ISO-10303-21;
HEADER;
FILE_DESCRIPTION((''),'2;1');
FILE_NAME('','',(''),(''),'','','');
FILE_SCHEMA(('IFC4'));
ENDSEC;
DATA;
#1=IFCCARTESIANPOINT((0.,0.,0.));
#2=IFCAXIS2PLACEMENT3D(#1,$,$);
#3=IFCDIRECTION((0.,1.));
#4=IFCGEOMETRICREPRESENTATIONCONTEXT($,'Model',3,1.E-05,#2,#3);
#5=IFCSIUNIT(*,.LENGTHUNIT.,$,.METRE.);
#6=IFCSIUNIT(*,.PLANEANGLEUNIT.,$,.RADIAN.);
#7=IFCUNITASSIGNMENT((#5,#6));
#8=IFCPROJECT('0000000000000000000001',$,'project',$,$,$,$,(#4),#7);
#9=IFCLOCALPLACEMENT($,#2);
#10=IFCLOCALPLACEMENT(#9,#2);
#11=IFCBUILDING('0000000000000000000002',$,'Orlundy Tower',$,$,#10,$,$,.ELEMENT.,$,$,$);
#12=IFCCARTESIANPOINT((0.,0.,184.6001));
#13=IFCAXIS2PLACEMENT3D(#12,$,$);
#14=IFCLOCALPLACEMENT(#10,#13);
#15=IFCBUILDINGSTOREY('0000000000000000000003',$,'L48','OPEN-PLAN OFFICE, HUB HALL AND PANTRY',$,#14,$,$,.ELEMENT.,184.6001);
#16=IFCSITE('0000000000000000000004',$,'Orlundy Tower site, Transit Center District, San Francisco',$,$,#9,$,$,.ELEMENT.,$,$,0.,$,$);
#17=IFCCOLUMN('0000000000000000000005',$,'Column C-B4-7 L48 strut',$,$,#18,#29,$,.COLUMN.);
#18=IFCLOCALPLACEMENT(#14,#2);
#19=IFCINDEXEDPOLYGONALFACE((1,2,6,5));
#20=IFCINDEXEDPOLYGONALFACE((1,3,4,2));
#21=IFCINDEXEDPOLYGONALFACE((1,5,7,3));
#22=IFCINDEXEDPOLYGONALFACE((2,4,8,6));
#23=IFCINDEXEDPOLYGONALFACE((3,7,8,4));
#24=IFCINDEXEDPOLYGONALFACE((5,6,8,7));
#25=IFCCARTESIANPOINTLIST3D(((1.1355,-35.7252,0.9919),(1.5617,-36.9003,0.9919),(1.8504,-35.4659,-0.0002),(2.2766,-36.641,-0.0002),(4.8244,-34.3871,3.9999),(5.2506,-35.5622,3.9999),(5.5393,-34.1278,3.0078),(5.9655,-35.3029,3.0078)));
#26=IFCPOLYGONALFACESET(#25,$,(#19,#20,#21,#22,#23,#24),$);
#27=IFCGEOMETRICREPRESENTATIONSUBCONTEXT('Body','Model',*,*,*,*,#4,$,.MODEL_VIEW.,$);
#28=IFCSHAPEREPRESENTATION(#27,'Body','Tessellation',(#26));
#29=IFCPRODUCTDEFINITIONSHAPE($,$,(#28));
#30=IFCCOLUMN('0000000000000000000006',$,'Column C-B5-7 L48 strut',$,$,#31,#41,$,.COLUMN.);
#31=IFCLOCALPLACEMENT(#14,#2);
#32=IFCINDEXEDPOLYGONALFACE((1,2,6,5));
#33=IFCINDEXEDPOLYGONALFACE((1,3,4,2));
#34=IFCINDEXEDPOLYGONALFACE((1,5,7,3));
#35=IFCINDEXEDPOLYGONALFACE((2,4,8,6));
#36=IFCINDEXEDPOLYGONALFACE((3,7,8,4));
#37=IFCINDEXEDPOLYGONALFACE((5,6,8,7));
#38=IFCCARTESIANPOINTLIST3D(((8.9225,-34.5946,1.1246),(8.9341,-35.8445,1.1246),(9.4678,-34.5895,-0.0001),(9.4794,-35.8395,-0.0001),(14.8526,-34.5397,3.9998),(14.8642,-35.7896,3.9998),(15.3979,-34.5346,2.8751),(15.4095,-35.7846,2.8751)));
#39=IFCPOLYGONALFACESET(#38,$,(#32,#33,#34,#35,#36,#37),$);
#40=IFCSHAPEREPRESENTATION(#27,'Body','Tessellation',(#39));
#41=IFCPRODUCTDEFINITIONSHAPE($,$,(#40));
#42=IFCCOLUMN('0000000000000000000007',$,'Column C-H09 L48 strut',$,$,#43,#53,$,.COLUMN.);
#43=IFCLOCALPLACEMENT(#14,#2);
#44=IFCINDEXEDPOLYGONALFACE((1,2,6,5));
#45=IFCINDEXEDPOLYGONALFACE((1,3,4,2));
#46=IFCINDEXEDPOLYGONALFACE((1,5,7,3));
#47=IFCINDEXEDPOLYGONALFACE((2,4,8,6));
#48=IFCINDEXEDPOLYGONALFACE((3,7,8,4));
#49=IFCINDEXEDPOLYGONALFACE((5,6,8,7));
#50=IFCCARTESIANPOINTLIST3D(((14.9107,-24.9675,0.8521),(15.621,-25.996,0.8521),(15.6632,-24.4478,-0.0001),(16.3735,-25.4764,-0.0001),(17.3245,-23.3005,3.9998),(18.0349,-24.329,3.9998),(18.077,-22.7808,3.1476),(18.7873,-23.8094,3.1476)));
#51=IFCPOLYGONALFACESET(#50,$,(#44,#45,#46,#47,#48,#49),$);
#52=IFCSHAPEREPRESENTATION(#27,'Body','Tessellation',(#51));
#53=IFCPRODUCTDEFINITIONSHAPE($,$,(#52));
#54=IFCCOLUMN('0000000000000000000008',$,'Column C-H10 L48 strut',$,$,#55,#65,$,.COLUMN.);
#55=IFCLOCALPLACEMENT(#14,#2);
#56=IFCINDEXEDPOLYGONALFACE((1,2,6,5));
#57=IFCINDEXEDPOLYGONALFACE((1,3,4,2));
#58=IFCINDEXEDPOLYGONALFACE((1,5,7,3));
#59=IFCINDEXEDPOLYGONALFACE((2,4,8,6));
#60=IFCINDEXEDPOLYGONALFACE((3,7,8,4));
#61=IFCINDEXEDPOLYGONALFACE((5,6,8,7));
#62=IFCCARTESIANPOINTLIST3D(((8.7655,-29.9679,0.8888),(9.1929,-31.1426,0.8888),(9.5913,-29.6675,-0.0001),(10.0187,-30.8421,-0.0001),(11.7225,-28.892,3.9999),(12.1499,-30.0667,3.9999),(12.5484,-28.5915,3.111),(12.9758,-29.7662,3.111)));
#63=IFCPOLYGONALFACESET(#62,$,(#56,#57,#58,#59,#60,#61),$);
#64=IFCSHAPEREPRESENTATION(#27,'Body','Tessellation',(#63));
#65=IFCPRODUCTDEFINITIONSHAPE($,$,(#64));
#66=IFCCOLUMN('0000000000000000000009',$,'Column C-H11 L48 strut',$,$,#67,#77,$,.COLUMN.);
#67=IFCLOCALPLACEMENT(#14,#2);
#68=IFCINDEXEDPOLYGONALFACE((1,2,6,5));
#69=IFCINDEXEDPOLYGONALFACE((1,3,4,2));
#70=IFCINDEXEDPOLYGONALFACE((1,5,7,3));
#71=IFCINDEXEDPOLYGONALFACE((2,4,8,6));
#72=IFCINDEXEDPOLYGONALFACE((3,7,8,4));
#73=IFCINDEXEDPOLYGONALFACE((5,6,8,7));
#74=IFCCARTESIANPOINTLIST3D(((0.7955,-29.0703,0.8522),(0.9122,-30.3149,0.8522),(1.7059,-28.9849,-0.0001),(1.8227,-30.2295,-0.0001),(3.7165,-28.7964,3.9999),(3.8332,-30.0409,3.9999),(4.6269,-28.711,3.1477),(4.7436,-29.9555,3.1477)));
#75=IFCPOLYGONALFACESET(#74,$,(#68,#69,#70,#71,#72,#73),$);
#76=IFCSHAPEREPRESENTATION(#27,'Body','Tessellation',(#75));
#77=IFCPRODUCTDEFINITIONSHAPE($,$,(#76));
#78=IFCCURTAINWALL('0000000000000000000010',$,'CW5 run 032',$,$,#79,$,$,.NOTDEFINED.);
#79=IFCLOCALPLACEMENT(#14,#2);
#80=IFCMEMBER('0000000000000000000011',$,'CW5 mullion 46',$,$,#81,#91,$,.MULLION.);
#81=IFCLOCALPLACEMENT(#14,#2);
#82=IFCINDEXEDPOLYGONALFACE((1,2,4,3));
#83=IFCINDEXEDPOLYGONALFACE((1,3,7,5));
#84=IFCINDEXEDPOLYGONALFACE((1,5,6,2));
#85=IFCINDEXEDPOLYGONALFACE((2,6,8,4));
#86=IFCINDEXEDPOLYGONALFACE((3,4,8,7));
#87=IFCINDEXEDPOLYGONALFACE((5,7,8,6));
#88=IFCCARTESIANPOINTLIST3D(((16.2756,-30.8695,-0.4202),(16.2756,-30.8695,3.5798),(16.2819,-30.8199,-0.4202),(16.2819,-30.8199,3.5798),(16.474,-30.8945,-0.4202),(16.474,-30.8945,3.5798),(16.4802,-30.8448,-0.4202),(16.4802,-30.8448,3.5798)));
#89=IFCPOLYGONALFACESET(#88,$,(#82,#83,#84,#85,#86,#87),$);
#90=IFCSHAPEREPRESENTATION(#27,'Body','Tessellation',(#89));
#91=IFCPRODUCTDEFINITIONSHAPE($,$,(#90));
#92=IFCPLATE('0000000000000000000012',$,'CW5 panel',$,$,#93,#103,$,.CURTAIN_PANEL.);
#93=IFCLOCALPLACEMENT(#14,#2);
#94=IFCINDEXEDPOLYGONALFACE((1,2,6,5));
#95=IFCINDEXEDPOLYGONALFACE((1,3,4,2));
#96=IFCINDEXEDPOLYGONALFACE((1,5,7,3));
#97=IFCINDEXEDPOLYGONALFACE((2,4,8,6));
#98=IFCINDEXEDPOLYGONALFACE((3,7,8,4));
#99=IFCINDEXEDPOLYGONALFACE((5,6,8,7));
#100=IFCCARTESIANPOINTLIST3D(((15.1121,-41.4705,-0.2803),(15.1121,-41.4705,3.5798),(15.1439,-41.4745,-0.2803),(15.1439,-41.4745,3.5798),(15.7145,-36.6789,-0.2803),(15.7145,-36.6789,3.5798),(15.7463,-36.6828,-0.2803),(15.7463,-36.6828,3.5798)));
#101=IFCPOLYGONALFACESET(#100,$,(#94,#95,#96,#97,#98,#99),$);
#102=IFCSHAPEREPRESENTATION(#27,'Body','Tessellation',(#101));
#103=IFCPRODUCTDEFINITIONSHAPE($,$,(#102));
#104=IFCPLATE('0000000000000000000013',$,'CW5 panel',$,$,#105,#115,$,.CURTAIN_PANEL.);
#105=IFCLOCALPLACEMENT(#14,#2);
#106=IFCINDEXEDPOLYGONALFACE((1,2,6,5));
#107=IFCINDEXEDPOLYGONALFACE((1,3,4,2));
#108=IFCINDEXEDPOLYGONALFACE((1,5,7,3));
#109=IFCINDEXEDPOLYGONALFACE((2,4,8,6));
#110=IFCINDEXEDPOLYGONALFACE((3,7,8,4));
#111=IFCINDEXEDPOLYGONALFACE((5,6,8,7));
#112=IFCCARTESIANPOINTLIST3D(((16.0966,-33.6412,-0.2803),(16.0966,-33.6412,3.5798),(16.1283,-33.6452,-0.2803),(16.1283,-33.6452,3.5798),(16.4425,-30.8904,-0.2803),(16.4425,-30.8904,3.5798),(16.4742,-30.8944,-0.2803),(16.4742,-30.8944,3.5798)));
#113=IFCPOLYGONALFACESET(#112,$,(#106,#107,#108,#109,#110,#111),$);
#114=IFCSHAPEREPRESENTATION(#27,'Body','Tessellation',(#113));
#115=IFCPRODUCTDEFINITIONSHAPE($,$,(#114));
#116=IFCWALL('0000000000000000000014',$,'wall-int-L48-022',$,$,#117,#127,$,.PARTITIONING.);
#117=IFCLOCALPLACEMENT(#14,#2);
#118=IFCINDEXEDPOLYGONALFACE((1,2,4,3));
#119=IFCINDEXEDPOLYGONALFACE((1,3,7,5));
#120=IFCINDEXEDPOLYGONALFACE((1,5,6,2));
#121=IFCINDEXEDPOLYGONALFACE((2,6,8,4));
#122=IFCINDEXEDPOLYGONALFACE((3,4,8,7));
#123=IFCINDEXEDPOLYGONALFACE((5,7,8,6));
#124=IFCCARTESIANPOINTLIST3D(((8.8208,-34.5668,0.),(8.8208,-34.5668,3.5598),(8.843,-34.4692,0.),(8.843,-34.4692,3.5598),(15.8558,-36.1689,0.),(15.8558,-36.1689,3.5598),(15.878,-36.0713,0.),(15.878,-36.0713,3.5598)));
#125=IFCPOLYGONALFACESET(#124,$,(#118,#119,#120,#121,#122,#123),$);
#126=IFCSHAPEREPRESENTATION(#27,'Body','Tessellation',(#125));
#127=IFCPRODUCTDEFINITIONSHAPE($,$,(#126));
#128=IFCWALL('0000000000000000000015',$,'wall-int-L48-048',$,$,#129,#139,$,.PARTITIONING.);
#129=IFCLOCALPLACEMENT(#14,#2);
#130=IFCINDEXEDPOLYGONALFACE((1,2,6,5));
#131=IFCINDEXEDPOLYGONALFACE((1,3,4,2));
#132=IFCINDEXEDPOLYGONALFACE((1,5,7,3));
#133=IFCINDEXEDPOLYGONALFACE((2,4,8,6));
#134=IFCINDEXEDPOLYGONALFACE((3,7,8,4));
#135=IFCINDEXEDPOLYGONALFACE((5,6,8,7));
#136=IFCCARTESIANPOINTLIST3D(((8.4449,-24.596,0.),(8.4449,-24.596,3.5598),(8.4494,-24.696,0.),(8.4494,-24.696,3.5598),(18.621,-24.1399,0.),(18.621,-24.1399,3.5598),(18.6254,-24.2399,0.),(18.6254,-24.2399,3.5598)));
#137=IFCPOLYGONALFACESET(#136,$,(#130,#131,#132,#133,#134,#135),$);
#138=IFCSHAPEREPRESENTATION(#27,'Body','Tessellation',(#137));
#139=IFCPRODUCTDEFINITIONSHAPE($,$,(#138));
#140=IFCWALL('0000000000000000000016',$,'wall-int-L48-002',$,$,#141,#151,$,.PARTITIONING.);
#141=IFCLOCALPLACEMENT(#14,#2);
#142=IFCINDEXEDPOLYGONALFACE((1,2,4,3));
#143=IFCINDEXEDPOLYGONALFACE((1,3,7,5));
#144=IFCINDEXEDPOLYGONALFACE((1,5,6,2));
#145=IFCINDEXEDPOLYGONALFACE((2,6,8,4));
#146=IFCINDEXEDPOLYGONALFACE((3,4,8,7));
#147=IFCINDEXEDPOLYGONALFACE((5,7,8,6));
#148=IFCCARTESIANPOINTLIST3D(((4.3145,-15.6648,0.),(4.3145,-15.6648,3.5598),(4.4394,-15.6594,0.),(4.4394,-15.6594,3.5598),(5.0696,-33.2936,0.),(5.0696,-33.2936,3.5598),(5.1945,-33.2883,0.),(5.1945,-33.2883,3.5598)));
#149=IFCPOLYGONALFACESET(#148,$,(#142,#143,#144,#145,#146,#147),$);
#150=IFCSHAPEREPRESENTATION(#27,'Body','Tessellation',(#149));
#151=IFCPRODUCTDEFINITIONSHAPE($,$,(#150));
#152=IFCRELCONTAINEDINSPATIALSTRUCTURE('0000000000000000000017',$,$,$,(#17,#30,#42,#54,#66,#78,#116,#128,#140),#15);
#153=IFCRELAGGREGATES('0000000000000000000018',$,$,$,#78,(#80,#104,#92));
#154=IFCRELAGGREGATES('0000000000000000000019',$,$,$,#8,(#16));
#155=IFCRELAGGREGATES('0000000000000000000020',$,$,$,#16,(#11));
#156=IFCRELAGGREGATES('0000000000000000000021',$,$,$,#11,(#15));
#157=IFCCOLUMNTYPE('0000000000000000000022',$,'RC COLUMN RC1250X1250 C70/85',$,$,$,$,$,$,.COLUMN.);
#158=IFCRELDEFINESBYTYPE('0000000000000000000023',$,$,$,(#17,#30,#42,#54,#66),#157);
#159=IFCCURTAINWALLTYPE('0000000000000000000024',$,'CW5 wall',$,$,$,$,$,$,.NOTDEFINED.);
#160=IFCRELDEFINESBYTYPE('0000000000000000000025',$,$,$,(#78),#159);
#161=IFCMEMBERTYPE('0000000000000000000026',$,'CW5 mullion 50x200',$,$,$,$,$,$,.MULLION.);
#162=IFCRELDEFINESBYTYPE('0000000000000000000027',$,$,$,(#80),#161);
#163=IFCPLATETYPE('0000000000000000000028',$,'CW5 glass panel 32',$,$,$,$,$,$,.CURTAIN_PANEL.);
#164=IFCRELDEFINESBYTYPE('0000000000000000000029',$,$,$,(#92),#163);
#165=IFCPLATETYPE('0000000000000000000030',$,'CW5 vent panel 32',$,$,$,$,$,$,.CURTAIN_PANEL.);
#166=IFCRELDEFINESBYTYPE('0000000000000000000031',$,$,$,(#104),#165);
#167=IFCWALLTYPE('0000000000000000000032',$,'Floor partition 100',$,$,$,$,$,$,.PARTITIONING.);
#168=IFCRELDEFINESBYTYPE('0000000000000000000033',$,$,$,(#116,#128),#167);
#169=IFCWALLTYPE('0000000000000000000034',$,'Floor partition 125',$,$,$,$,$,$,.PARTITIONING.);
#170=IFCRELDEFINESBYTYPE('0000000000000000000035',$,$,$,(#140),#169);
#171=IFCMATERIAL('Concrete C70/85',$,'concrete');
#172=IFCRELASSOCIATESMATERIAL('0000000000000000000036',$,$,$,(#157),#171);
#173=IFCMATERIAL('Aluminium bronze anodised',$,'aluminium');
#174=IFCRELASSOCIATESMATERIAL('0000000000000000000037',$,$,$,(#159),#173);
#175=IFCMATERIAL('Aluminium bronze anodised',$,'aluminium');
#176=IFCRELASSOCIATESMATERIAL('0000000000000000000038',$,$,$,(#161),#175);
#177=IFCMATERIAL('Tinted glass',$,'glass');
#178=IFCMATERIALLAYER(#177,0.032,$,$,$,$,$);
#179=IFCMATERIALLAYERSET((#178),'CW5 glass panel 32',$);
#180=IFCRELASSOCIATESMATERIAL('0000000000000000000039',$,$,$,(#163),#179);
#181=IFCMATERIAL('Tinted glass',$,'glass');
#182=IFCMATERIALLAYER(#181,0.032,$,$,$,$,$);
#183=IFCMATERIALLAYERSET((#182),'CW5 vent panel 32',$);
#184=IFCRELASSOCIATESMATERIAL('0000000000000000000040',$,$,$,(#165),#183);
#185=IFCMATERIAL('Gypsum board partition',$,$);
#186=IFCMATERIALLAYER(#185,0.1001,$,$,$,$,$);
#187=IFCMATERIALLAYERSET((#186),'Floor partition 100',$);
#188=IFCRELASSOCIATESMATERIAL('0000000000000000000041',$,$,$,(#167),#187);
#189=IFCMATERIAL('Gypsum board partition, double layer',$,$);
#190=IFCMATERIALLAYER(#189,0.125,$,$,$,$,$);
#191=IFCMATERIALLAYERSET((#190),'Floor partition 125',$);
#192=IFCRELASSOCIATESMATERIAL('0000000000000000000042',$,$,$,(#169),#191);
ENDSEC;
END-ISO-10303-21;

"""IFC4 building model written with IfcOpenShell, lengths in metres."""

from ifc_helpers import new_model, si_unit, direction, frame, frame_2d, origin, origin_2d, place, context, subcontext, project, spatial, rectangle, extrude, material, layer, layer_set, material_profile, profile_set, type_object, element, aggregate, save


model = new_model("IFC4")

# Units and contexts
model_context = context("Model", 3, precision=1e-05, world=origin(), true_north=direction((0.0, 1.0)))
body_context = subcontext(model_context, "Body", "Model", "MODEL_VIEW")
ifc_project = project(units=[si_unit("LENGTHUNIT", "METRE"), si_unit("PLANEANGLEUNIT", "RADIAN")], contexts=[model_context])

# Site, building, storey
site_placement = place(None, origin())
site = spatial("IfcSite", under=ifc_project, at=site_placement, Name="Orlundy Tower site, Transit Center District, San Francisco", CompositionType="ELEMENT", RefElevation=0.0)
building_placement = place(site_placement, origin())
building = spatial("IfcBuilding", under=site, at=building_placement, Name="Orlundy Tower", CompositionType="ELEMENT")
storey_placement = place(building_placement, frame((0.0, 0.0, 184.6001)))
storey = spatial("IfcBuildingStorey", under=building, at=storey_placement, Name="L48", Description="OPEN-PLAN OFFICE, HUB HALL AND PANTRY", CompositionType="ELEMENT", Elevation=184.6001)

# Columns
ifc_material_1 = material(Name="Concrete C70/85", Category="concrete")
ifc_material_profile_1 = material_profile(ifc_material_1, rectangle(XDim=1.25, YDim=1.25, at=origin_2d()), Name="RC1250X1250")
ifc_profile_set_1 = profile_set([ifc_material_profile_1], Name="Concrete C70/85")
column_type = type_object("IfcColumnType", Name="RC COLUMN RC1250X1250 C70/85", PredefinedType="COLUMN", material=ifc_profile_set_1)
column_1_placement = place(storey_placement, frame((1.7061, -36.1831, 0.4958), z_axis=(0.746084, 0.270634, 0.608372), x_axis=(-0.340999, 0.940064, 0.0)))
element("IfcColumn", 1, at=column_1_placement, inside=storey, type_object=column_type, Name="Column C-B4-7 L48 strut", PredefinedType="COLUMN", context=body_context, shape_type="SweptSolid", body=[
    extrude(rectangle(XDim=1.25, YDim=1.25, at=origin_2d()), origin(), (0.0, 0.0, 1.0), 4.9443),
])
column_2_placement = place(storey_placement, frame((9.2009, -35.217, 0.5623), z_axis=(0.899782, 0.008335, 0.436259), x_axis=(-0.009263, 0.999957, 0.0)))
element("IfcColumn", 2, at=column_2_placement, inside=storey, type_object=column_type, Name="Column C-B5-7 L48 strut", PredefinedType="COLUMN", context=body_context, shape_type="SweptSolid", body=[
    extrude(rectangle(XDim=1.25, YDim=1.25, at=origin_2d()), origin(), (0.0, 0.0, 1.0), 6.5906),
])
column_3_placement = place(storey_placement, frame((15.6421, -25.2219, 0.426), z_axis=(0.560998, 0.387427, 0.731561), x_axis=(-0.568262, 0.822848, 0.0)))
element("IfcColumn", 3, at=column_3_placement, inside=storey, type_object=column_type, Name="Column C-H09 L48 strut", PredefinedType="COLUMN", context=body_context, shape_type="SweptSolid", body=[
    extrude(rectangle(XDim=1.25, YDim=1.25, at=origin_2d()), origin(), (0.0, 0.0, 1.0), 4.3027),
])
column_4_placement = place(storey_placement, frame((9.3921, -30.405, 0.4443), z_axis=(0.668258, 0.243148, 0.703072), x_axis=(-0.341924, 0.939728, 0.0)))
element("IfcColumn", 4, at=column_4_placement, inside=storey, type_object=column_type, Name="Column C-H10 L48 strut", PredefinedType="COLUMN", context=body_context, shape_type="SweptSolid", body=[
    extrude(rectangle(XDim=1.25, YDim=1.25, at=origin_2d()), origin(), (0.0, 0.0, 1.0), 4.425),
])
column_5_placement = place(storey_placement, frame((1.3091, -29.6499, 0.426), z_axis=(0.678825, 0.063661, 0.731535), x_axis=(-0.093372, 0.995631, 0.0)))
element("IfcColumn", 5, at=column_5_placement, inside=storey, type_object=column_type, Name="Column C-H11 L48 strut", PredefinedType="COLUMN", context=body_context, shape_type="SweptSolid", body=[
    extrude(rectangle(XDim=1.25, YDim=1.25, at=origin_2d()), origin(), (0.0, 0.0, 1.0), 4.303),
])

# Curtain wall, member, plates
ifc_material_2 = material(Name="Aluminium bronze anodised", Category="aluminium")
curtain_wall_type = type_object("IfcCurtainWallType", Name="CW5 wall", PredefinedType="NOTDEFINED", material=ifc_material_2)
curtain_wall_placement = place(storey_placement, origin())
curtain_wall = element("IfcCurtainWall", 6, at=curtain_wall_placement, inside=storey, type_object=curtain_wall_type, Name="CW5 run 032", PredefinedType="NOTDEFINED")
ifc_material_3 = material(Name="Aluminium bronze anodised", Category="aluminium")
ifc_material_profile_2 = material_profile(ifc_material_3, rectangle(XDim=0.2, YDim=0.05, at=origin_2d()), Name="CW5 mullion 50x200")
ifc_profile_set_2 = profile_set([ifc_material_profile_2], Name="Aluminium bronze anodised")
member_type = type_object("IfcMemberType", Name="CW5 mullion 50x200", PredefinedType="MULLION", material=ifc_profile_set_2)
member_placement = place(storey_placement, frame((16.3779, -30.8572, -0.4202), z_axis=(0.0, 0.0, 1.0), x_axis=(0.992189, -0.124742, 0.0)))
member = element("IfcMember", 7, at=member_placement, type_object=member_type, Name="CW5 mullion 46", PredefinedType="MULLION", context=body_context, shape_type="SweptSolid", body=[
    extrude(rectangle(XDim=0.2, YDim=0.05, at=origin_2d()), origin(), (0.0, 0.0, 1.0), 4.0),
])
ifc_material_4 = material(Name="Tinted glass", Category="glass")
ifc_layer_1 = layer(ifc_material_4, 0.032)
ifc_layer_set_1 = layer_set([ifc_layer_1], Name="CW5 glass panel 32")
plate_type_1 = type_object("IfcPlateType", Name="CW5 glass panel 32", PredefinedType="CURTAIN_PANEL", material=ifc_layer_set_1)
plate_1_placement = place(storey_placement, frame((15.4292, -39.0767, -0.2803), z_axis=(0.0, 0.0, 1.0), x_axis=(-0.124742, -0.992189, 0.0)))
plate_1 = element("IfcPlate", 8, at=plate_1_placement, type_object=plate_type_1, Name="CW5 panel", PredefinedType="CURTAIN_PANEL", context=body_context, shape_type="SweptSolid", body=[
    extrude(rectangle(XDim=4.8293, YDim=0.032, at=origin_2d()), origin(), (0.0, 0.0, 1.0), 3.8601),
])
ifc_material_5 = material(Name="Tinted glass", Category="glass")
ifc_layer_2 = layer(ifc_material_5, 0.032)
ifc_layer_set_2 = layer_set([ifc_layer_2], Name="CW5 vent panel 32")
plate_type_2 = type_object("IfcPlateType", Name="CW5 vent panel 32", PredefinedType="CURTAIN_PANEL", material=ifc_layer_set_2)
plate_2_placement = place(storey_placement, frame((16.2854, -32.2678, -0.2803), z_axis=(0.0, 0.0, 1.0), x_axis=(-0.124742, -0.992189, 0.0)))
plate_2 = element("IfcPlate", 9, at=plate_2_placement, type_object=plate_type_2, Name="CW5 panel", PredefinedType="CURTAIN_PANEL", context=body_context, shape_type="SweptSolid", body=[
    extrude(rectangle(XDim=2.7725, YDim=0.032, at=origin_2d()), origin(), (0.0, 0.0, 1.0), 3.8601),
])
aggregate(curtain_wall, [member, plate_2, plate_1])

# Walls
ifc_material_6 = material(Name="Gypsum board partition")
ifc_layer_3 = layer(ifc_material_6, 0.1001)
ifc_layer_set_3 = layer_set([ifc_layer_3], Name="Floor partition 100")
wall_type_1 = type_object("IfcWallType", Name="Floor partition 100", PredefinedType="PARTITIONING", material=ifc_layer_set_3)
wall_1_placement = place(storey_placement, frame((8.832, -34.5181, 0.0), z_axis=(0.0, 0.0, 1.0), x_axis=(0.975037, -0.222044, 0.0)))
element("IfcWall", 10, at=wall_1_placement, inside=storey, type_object=wall_type_1, Name="wall-int-L48-022", PredefinedType="PARTITIONING", context=body_context, shape_type="SweptSolid", body=[
    extrude(rectangle(XDim=7.2151, YDim=0.1001, at=frame_2d((3.6074, 0.0))), origin(), (0.0, 0.0, 1.0), 3.5598),
])
wall_2_placement = place(storey_placement, frame((8.447, -24.646, 0.0), z_axis=(0.0, 0.0, 1.0), x_axis=(0.998997, 0.044772, 0.0)))
element("IfcWall", 11, at=wall_2_placement, inside=storey, type_object=wall_type_1, Name="wall-int-L48-048", PredefinedType="PARTITIONING", context=body_context, shape_type="SweptSolid", body=[
    extrude(rectangle(XDim=10.1863, YDim=0.1001, at=frame_2d((5.0933, 0.0))), origin(), (0.0, 0.0, 1.0), 3.5598),
])
ifc_material_7 = material(Name="Gypsum board partition, double layer")
ifc_layer_4 = layer(ifc_material_7, 0.125)
ifc_layer_set_4 = layer_set([ifc_layer_4], Name="Floor partition 125")
wall_type_2 = type_object("IfcWallType", Name="Floor partition 125", PredefinedType="PARTITIONING", material=ifc_layer_set_4)
wall_3_placement = place(storey_placement, frame((4.377, -15.6621, 0.0), z_axis=(0.0, 0.0, 1.0), x_axis=(0.042795, -0.999084, 0.0)))
element("IfcWall", 12, at=wall_3_placement, inside=storey, type_object=wall_type_2, Name="wall-int-L48-002", PredefinedType="PARTITIONING", context=body_context, shape_type="SweptSolid", body=[
    extrude(rectangle(XDim=17.645, YDim=0.125, at=frame_2d((8.8225, 0.0))), origin(), (0.0, 0.0, 1.0), 3.5598),
])

save(model, "model.ifc")
